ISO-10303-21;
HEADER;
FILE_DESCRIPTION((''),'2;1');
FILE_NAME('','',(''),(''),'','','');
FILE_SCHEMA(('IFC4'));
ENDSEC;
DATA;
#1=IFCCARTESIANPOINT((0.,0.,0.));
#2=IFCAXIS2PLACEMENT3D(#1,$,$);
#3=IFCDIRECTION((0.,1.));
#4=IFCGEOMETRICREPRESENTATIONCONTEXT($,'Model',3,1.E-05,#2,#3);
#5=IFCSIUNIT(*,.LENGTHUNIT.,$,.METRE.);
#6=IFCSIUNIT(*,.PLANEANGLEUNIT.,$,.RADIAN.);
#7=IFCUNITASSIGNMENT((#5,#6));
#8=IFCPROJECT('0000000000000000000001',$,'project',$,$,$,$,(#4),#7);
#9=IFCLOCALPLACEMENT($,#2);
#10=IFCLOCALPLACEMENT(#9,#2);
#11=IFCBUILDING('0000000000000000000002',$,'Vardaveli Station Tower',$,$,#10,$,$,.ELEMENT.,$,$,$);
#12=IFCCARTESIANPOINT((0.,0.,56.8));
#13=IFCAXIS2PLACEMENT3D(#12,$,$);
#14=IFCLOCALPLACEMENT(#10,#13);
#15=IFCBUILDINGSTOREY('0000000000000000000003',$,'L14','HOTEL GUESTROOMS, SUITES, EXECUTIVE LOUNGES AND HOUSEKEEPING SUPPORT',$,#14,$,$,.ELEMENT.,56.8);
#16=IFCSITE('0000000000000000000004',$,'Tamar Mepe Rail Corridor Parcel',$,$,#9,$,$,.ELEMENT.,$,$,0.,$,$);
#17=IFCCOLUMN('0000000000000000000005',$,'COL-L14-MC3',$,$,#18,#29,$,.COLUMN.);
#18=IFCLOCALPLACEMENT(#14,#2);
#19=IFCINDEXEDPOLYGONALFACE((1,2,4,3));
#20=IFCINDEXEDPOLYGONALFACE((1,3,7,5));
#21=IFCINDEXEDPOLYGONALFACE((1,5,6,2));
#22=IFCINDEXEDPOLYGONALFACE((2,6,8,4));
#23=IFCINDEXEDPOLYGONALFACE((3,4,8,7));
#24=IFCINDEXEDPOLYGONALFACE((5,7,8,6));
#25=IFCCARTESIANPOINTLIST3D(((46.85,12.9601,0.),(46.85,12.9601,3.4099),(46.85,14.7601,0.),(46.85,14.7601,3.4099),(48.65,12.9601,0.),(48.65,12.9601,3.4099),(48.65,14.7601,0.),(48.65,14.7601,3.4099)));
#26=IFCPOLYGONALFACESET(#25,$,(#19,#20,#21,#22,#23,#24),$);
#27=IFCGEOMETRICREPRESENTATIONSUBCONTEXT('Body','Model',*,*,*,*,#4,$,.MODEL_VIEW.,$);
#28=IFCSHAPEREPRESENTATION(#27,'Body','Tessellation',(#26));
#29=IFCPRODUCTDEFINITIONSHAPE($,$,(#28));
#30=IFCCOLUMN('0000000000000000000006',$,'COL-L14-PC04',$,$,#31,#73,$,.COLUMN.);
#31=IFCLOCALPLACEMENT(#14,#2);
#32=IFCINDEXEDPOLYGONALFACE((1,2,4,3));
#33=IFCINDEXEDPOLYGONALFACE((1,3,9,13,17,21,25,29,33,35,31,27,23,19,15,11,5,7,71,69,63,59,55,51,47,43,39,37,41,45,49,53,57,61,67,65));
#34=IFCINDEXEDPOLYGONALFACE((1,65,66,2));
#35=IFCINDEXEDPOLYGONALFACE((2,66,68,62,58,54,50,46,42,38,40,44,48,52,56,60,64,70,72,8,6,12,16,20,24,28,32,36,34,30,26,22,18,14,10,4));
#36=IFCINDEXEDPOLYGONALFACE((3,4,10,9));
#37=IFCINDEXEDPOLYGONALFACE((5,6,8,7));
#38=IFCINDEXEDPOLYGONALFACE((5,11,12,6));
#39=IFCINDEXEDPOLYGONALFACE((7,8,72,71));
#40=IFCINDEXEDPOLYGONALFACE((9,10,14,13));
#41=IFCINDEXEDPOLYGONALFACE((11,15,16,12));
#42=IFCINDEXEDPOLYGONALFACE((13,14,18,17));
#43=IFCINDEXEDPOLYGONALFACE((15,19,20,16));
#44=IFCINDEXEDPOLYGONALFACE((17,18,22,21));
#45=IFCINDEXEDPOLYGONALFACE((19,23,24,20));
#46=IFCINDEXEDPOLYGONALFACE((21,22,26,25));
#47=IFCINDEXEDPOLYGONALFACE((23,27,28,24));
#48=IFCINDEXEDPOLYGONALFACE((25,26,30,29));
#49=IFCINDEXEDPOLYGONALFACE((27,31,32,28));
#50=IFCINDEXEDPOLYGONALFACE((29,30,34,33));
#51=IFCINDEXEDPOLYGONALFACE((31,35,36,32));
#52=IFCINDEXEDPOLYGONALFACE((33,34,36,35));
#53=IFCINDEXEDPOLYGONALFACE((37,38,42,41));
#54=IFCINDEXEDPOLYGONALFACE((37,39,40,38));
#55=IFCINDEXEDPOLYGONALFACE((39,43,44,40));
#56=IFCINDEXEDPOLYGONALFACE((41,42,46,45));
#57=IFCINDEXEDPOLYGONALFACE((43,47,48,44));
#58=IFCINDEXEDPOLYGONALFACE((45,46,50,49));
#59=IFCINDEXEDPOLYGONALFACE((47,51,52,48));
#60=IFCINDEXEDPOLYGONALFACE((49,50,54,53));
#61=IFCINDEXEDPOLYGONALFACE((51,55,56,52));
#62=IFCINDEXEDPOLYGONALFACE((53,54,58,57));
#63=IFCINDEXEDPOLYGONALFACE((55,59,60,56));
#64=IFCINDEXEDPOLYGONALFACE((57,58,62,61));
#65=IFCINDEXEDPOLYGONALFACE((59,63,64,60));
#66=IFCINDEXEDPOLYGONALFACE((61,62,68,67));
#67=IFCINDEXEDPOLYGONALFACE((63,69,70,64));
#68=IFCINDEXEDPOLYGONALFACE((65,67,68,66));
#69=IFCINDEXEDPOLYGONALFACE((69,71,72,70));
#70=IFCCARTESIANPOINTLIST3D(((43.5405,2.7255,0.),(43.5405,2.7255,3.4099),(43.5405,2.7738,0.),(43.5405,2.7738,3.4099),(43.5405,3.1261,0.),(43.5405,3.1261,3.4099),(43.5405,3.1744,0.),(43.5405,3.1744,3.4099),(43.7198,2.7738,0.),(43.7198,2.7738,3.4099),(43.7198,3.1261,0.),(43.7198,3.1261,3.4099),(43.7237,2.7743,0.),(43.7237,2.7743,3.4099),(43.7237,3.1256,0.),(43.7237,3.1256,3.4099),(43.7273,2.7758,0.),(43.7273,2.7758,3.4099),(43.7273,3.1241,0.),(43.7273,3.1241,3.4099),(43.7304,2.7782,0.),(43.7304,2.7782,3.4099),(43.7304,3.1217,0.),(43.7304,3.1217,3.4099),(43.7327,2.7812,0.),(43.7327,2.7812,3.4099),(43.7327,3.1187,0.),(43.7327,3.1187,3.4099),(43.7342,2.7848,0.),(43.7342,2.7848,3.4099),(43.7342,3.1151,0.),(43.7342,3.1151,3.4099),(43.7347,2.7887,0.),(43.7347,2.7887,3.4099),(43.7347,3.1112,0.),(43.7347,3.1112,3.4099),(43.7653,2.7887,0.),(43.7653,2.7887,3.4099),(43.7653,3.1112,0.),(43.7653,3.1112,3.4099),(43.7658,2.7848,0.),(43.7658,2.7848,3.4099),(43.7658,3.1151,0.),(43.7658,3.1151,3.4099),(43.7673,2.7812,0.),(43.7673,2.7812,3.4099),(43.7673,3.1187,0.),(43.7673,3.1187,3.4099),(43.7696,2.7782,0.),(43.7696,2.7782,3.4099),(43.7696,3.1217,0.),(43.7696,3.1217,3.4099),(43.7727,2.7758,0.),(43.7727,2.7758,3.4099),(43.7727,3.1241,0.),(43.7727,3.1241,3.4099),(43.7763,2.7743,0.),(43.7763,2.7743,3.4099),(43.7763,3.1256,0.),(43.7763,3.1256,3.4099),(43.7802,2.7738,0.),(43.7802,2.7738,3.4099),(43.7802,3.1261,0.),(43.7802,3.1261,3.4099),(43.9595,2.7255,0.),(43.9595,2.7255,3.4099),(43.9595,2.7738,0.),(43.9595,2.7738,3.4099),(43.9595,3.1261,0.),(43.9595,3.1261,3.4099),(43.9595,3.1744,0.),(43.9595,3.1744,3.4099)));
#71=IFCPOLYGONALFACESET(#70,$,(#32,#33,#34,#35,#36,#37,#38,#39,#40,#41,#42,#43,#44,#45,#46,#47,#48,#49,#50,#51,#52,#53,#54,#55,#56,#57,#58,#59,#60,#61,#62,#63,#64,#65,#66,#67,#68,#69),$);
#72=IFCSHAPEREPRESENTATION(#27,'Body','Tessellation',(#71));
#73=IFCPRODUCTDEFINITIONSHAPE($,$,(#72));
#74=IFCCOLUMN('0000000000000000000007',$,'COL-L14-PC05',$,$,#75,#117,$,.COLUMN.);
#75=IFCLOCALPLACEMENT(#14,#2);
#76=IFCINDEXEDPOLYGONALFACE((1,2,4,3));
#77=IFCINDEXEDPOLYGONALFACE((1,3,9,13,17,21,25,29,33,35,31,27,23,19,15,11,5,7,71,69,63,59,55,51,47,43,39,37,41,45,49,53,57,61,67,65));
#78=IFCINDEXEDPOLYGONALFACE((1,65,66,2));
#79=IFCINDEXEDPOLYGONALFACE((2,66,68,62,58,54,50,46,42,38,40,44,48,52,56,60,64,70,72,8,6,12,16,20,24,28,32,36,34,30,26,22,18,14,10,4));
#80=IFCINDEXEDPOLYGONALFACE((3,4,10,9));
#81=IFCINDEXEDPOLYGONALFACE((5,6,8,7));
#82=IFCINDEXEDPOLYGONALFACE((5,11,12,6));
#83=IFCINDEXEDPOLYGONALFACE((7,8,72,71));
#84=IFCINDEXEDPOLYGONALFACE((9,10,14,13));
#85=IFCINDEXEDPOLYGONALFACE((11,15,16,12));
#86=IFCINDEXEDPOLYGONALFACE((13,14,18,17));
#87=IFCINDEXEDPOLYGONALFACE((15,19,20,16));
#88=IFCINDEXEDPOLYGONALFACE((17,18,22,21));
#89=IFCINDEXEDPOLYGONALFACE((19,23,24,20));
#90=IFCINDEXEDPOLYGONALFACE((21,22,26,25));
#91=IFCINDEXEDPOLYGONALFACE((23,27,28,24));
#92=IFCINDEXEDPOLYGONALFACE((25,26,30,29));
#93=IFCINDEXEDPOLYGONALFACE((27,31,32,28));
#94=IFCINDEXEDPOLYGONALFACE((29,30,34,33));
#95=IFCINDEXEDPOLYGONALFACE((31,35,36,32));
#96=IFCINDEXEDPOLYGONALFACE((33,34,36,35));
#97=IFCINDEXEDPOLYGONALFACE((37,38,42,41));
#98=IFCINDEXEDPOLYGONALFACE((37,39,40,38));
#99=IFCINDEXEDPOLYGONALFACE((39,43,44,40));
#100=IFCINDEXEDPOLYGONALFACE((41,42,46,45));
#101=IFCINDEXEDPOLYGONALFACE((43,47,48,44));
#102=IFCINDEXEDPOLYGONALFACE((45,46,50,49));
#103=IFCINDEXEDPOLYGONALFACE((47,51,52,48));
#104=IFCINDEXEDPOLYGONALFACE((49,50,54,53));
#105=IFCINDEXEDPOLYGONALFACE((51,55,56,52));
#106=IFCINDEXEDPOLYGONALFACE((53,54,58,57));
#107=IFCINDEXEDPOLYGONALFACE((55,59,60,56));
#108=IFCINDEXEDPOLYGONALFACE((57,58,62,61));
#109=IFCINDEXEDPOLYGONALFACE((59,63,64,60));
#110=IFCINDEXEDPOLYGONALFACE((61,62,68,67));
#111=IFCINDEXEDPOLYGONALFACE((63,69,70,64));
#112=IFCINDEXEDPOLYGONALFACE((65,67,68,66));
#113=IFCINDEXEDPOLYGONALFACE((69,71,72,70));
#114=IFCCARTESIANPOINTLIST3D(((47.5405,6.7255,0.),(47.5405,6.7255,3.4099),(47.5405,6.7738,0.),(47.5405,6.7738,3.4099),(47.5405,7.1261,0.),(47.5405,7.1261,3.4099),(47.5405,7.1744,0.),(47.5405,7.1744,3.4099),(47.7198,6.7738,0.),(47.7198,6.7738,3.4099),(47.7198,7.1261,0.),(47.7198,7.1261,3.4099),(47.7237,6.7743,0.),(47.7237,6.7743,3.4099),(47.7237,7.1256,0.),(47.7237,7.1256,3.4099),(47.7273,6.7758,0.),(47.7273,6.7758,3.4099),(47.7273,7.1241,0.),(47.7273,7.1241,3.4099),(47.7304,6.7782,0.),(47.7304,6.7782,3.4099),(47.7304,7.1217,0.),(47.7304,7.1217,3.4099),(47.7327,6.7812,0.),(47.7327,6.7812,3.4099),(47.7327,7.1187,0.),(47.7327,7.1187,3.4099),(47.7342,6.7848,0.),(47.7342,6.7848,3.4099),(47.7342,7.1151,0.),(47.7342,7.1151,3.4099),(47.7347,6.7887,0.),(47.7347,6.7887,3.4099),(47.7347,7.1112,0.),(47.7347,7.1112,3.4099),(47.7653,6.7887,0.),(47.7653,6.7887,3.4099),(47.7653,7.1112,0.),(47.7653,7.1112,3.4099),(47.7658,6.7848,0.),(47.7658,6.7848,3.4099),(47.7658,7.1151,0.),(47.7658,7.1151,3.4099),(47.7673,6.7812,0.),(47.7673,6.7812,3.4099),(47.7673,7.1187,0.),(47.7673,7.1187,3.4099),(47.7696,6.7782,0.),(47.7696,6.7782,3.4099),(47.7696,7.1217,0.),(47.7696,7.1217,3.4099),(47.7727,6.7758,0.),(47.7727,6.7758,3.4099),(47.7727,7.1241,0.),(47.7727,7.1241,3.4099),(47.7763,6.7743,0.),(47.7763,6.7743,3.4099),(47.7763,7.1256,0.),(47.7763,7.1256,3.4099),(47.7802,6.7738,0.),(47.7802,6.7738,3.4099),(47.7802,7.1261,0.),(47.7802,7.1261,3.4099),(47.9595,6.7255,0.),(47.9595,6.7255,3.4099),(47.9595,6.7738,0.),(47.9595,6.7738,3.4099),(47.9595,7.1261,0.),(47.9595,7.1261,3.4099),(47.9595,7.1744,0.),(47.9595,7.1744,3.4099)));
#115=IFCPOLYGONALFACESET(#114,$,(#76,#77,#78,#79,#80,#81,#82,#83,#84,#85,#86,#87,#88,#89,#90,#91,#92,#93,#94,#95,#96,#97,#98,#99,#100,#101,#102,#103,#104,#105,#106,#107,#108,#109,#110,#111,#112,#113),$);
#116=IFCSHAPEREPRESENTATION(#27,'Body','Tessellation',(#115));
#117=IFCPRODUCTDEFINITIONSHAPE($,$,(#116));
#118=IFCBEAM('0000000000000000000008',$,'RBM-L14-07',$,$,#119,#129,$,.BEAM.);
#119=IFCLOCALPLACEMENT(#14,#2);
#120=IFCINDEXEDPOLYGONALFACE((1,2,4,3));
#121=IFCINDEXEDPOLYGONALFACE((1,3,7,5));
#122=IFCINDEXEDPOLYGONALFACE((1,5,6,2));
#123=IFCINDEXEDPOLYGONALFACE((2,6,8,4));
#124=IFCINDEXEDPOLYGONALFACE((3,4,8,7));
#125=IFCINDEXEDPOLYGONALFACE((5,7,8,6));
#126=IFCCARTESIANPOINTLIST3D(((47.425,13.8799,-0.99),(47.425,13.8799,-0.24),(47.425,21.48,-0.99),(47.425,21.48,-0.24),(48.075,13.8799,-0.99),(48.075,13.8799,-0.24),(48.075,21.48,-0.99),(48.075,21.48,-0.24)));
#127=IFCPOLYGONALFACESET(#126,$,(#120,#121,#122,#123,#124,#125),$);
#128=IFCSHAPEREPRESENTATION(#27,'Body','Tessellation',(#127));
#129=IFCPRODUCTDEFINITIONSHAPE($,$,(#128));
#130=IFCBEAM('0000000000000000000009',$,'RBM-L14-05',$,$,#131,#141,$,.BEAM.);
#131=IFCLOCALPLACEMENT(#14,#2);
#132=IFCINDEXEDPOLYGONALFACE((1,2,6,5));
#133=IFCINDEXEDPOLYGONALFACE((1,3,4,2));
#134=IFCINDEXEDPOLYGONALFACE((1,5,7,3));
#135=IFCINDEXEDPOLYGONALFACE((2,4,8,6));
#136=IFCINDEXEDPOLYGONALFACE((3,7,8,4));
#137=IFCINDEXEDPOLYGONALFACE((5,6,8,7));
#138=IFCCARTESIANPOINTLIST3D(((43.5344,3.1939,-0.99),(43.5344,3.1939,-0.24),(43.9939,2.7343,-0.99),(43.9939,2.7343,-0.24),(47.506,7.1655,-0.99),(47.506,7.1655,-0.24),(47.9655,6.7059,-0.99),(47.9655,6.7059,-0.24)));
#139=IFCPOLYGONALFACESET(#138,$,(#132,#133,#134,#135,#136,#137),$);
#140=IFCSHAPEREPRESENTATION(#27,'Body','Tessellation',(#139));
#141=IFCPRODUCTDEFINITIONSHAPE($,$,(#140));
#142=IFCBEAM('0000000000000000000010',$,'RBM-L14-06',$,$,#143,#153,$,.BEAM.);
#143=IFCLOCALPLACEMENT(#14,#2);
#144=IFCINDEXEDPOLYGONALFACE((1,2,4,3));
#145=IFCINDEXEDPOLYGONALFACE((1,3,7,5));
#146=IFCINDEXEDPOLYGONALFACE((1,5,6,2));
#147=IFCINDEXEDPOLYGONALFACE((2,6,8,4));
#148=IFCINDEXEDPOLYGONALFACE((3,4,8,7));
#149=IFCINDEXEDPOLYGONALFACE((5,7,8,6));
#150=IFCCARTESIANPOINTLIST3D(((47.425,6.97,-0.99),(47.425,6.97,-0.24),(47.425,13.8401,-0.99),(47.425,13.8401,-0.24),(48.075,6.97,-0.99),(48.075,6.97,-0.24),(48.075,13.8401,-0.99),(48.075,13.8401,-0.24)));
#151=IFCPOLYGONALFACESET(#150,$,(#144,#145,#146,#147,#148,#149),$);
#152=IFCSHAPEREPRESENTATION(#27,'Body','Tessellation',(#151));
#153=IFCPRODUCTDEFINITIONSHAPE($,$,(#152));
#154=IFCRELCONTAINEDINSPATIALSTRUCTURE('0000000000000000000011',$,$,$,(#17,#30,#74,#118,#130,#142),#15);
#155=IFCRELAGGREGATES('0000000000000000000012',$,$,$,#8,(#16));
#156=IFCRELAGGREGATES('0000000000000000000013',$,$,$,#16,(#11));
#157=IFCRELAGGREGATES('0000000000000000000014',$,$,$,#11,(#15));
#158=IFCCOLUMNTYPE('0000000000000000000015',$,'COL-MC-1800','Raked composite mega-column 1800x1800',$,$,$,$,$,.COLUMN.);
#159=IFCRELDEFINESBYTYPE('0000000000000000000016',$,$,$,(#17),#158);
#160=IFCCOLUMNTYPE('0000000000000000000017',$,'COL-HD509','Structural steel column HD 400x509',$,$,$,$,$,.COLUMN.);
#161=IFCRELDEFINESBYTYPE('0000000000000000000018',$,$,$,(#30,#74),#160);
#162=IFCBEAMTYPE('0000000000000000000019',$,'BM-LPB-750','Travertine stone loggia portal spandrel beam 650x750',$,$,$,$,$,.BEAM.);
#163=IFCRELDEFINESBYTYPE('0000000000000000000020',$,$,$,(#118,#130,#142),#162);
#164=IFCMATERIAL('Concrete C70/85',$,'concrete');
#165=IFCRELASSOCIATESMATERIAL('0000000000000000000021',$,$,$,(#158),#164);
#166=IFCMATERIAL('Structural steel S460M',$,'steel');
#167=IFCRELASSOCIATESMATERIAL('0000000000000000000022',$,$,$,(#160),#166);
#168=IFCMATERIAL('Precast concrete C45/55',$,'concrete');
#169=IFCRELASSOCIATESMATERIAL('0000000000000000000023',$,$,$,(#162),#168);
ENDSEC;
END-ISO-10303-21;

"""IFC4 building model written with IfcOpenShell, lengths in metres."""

from ifc_helpers import new_model, si_unit, direction, frame, origin, origin_2d, place, context, subcontext, project, spatial, rectangle, i_section, extrude, source, transform, mapped, material, material_profile, profile_set, type_object, element, save


model = new_model("IFC4")

# Units and contexts
model_context = context("Model", 3, precision=1e-05, world=origin(), true_north=direction((0.0, 1.0)))
body_context = subcontext(model_context, "Body", "Model", "MODEL_VIEW")
ifc_project = project(units=[si_unit("LENGTHUNIT", "METRE"), si_unit("PLANEANGLEUNIT", "RADIAN")], contexts=[model_context])

# Site, building, storey
site_placement = place(None, origin())
site = spatial("IfcSite", under=ifc_project, at=site_placement, Name="Tamar Mepe Rail Corridor Parcel", CompositionType="ELEMENT", RefElevation=0.0)
building_placement = place(site_placement, origin())
building = spatial("IfcBuilding", under=site, at=building_placement, Name="Vardaveli Station Tower", CompositionType="ELEMENT")
storey_placement = place(building_placement, frame((0.0, 0.0, 56.8)))
storey = spatial("IfcBuildingStorey", under=building, at=storey_placement, Name="L14", Description="HOTEL GUESTROOMS, SUITES, EXECUTIVE LOUNGES AND HOUSEKEEPING SUPPORT", CompositionType="ELEMENT", Elevation=56.8)

# Columns
ifc_material_1 = material(Name="Concrete C70/85", Category="concrete")
ifc_material_profile_1 = material_profile(ifc_material_1, rectangle(XDim=1.8, YDim=1.8, at=origin_2d()), Name="MC 1800x1800")
ifc_profile_set_1 = profile_set([ifc_material_profile_1], Name="Concrete C70/85")
column_type_1 = type_object("IfcColumnType", Name="COL-MC-1800", Description="Raked composite mega-column 1800x1800", PredefinedType="COLUMN", material=ifc_profile_set_1)
shared_shape_1 = source(origin(), body_context, "Body", "SweptSolid", [
    extrude(rectangle(XDim=1.8, YDim=1.8, at=origin_2d()), origin(), (0.0, 0.0, 1.0), 3.4099),
])
column_placement = place(storey_placement, frame((47.75, 13.8601, 0.0), z_axis=(0.0, 0.0, 1.0), x_axis=(1.0, 0.0, 0.0)))
element("IfcColumn", 1, at=column_placement, inside=storey, type_object=column_type_1, Name="COL-L14-MC3", PredefinedType="COLUMN", context=body_context, shape_type="MappedRepresentation", body=[
    mapped(shared_shape_1, transform((0.0, 0.0, 0.0), scale=1.0)),
])
ifc_material_2 = material(Name="Structural steel S460M", Category="steel")
ifc_material_profile_2 = material_profile(ifc_material_2, i_section(OverallWidth=0.4189, OverallDepth=0.449, WebThickness=0.0305, FlangeThickness=0.0483, FilletRadius=0.0149, at=origin_2d()), Name="HD 400x509")
ifc_profile_set_2 = profile_set([ifc_material_profile_2], Name="Structural steel S460M")
column_type_2 = type_object("IfcColumnType", Name="COL-HD509", Description="Structural steel column HD 400x509", PredefinedType="COLUMN", material=ifc_profile_set_2)
shared_shape_2 = source(origin(), body_context, "Body", "SweptSolid", [
    extrude(i_section(OverallWidth=0.4189, OverallDepth=0.449, WebThickness=0.0305, FlangeThickness=0.0483, FilletRadius=0.0149, at=origin_2d()), origin(), (0.0, 0.0, 1.0), 3.4099),
])
for number, where, z_axis, x_axis, name in (
    (2, (43.75, 2.95, 0.0), (0.0, 0.0, 1.0), (1.0, 0.0, 0.0), "COL-L14-PC04"),
    (3, (47.75, 6.95, 0.0), (0.0, 0.0, 1.0), (1.0, 0.0, 0.0), "COL-L14-PC05"),
):
    element("IfcColumn", number, at=place(storey_placement, frame(where, z_axis=z_axis, x_axis=x_axis)), inside=storey, type_object=column_type_2, Name=name, PredefinedType="COLUMN", context=body_context, shape_type="MappedRepresentation", body=[
        mapped(shared_shape_2, transform((0.0, 0.0, 0.0), scale=1.0)),
    ])

# Beams
ifc_material_3 = material(Name="Precast concrete C45/55", Category="concrete")
ifc_material_profile_3 = material_profile(ifc_material_3, rectangle(XDim=0.6499, YDim=0.75, at=origin_2d()), Name="LPB 650x750")
ifc_profile_set_3 = profile_set([ifc_material_profile_3], Name="Precast concrete C45/55")
beam_type_1 = type_object("IfcBeamType", Name="BM-LPB-750", Description="Travertine stone loggia portal spandrel beam 650x750", PredefinedType="BEAM", material=ifc_profile_set_3)
shared_shape_3 = source(origin(), body_context, "Body", "SweptSolid", [
    extrude(rectangle(XDim=0.6499, YDim=0.75, at=origin_2d()), origin(), (0.0, 0.0, 1.0), 7.6001),
])
beam_1_placement = place(storey_placement, frame((47.75, 13.8799, -0.615), z_axis=(0.0, 1.0, 0.0), x_axis=(-1.0, 0.0, 0.0)))
element("IfcBeam", 4, at=beam_1_placement, inside=storey, type_object=beam_type_1, Name="RBM-L14-07", PredefinedType="BEAM", context=body_context, shape_type="MappedRepresentation", body=[
    mapped(shared_shape_3, transform((0.0, 0.0, 0.0), scale=1.0)),
])
shared_shape_4 = source(origin(), body_context, "Body", "SweptSolid", [
    extrude(rectangle(XDim=0.6499, YDim=0.75, at=origin_2d()), origin(), (0.0, 0.0, 1.0), 5.6167),
])
beam_2_placement = place(storey_placement, frame((43.7642, 2.9641, -0.615), z_axis=(0.707107, 0.707107, 0.0), x_axis=(-0.707107, 0.707107, 0.0)))
element("IfcBeam", 5, at=beam_2_placement, inside=storey, type_object=beam_type_1, Name="RBM-L14-05", PredefinedType="BEAM", context=body_context, shape_type="MappedRepresentation", body=[
    mapped(shared_shape_4, transform((0.0, 0.0, 0.0), scale=1.0)),
])
shared_shape_5 = source(origin(), body_context, "Body", "SweptSolid", [
    extrude(rectangle(XDim=0.6499, YDim=0.75, at=origin_2d()), origin(), (0.0, 0.0, 1.0), 6.8701),
])
beam_3_placement = place(storey_placement, frame((47.75, 6.97, -0.615), z_axis=(0.0, 1.0, 0.0), x_axis=(-1.0, 0.0, 0.0)))
element("IfcBeam", 6, at=beam_3_placement, inside=storey, type_object=beam_type_1, Name="RBM-L14-06", PredefinedType="BEAM", context=body_context, shape_type="MappedRepresentation", body=[
    mapped(shared_shape_5, transform((0.0, 0.0, 0.0), scale=1.0)),
])

save(model, "model.ifc")
